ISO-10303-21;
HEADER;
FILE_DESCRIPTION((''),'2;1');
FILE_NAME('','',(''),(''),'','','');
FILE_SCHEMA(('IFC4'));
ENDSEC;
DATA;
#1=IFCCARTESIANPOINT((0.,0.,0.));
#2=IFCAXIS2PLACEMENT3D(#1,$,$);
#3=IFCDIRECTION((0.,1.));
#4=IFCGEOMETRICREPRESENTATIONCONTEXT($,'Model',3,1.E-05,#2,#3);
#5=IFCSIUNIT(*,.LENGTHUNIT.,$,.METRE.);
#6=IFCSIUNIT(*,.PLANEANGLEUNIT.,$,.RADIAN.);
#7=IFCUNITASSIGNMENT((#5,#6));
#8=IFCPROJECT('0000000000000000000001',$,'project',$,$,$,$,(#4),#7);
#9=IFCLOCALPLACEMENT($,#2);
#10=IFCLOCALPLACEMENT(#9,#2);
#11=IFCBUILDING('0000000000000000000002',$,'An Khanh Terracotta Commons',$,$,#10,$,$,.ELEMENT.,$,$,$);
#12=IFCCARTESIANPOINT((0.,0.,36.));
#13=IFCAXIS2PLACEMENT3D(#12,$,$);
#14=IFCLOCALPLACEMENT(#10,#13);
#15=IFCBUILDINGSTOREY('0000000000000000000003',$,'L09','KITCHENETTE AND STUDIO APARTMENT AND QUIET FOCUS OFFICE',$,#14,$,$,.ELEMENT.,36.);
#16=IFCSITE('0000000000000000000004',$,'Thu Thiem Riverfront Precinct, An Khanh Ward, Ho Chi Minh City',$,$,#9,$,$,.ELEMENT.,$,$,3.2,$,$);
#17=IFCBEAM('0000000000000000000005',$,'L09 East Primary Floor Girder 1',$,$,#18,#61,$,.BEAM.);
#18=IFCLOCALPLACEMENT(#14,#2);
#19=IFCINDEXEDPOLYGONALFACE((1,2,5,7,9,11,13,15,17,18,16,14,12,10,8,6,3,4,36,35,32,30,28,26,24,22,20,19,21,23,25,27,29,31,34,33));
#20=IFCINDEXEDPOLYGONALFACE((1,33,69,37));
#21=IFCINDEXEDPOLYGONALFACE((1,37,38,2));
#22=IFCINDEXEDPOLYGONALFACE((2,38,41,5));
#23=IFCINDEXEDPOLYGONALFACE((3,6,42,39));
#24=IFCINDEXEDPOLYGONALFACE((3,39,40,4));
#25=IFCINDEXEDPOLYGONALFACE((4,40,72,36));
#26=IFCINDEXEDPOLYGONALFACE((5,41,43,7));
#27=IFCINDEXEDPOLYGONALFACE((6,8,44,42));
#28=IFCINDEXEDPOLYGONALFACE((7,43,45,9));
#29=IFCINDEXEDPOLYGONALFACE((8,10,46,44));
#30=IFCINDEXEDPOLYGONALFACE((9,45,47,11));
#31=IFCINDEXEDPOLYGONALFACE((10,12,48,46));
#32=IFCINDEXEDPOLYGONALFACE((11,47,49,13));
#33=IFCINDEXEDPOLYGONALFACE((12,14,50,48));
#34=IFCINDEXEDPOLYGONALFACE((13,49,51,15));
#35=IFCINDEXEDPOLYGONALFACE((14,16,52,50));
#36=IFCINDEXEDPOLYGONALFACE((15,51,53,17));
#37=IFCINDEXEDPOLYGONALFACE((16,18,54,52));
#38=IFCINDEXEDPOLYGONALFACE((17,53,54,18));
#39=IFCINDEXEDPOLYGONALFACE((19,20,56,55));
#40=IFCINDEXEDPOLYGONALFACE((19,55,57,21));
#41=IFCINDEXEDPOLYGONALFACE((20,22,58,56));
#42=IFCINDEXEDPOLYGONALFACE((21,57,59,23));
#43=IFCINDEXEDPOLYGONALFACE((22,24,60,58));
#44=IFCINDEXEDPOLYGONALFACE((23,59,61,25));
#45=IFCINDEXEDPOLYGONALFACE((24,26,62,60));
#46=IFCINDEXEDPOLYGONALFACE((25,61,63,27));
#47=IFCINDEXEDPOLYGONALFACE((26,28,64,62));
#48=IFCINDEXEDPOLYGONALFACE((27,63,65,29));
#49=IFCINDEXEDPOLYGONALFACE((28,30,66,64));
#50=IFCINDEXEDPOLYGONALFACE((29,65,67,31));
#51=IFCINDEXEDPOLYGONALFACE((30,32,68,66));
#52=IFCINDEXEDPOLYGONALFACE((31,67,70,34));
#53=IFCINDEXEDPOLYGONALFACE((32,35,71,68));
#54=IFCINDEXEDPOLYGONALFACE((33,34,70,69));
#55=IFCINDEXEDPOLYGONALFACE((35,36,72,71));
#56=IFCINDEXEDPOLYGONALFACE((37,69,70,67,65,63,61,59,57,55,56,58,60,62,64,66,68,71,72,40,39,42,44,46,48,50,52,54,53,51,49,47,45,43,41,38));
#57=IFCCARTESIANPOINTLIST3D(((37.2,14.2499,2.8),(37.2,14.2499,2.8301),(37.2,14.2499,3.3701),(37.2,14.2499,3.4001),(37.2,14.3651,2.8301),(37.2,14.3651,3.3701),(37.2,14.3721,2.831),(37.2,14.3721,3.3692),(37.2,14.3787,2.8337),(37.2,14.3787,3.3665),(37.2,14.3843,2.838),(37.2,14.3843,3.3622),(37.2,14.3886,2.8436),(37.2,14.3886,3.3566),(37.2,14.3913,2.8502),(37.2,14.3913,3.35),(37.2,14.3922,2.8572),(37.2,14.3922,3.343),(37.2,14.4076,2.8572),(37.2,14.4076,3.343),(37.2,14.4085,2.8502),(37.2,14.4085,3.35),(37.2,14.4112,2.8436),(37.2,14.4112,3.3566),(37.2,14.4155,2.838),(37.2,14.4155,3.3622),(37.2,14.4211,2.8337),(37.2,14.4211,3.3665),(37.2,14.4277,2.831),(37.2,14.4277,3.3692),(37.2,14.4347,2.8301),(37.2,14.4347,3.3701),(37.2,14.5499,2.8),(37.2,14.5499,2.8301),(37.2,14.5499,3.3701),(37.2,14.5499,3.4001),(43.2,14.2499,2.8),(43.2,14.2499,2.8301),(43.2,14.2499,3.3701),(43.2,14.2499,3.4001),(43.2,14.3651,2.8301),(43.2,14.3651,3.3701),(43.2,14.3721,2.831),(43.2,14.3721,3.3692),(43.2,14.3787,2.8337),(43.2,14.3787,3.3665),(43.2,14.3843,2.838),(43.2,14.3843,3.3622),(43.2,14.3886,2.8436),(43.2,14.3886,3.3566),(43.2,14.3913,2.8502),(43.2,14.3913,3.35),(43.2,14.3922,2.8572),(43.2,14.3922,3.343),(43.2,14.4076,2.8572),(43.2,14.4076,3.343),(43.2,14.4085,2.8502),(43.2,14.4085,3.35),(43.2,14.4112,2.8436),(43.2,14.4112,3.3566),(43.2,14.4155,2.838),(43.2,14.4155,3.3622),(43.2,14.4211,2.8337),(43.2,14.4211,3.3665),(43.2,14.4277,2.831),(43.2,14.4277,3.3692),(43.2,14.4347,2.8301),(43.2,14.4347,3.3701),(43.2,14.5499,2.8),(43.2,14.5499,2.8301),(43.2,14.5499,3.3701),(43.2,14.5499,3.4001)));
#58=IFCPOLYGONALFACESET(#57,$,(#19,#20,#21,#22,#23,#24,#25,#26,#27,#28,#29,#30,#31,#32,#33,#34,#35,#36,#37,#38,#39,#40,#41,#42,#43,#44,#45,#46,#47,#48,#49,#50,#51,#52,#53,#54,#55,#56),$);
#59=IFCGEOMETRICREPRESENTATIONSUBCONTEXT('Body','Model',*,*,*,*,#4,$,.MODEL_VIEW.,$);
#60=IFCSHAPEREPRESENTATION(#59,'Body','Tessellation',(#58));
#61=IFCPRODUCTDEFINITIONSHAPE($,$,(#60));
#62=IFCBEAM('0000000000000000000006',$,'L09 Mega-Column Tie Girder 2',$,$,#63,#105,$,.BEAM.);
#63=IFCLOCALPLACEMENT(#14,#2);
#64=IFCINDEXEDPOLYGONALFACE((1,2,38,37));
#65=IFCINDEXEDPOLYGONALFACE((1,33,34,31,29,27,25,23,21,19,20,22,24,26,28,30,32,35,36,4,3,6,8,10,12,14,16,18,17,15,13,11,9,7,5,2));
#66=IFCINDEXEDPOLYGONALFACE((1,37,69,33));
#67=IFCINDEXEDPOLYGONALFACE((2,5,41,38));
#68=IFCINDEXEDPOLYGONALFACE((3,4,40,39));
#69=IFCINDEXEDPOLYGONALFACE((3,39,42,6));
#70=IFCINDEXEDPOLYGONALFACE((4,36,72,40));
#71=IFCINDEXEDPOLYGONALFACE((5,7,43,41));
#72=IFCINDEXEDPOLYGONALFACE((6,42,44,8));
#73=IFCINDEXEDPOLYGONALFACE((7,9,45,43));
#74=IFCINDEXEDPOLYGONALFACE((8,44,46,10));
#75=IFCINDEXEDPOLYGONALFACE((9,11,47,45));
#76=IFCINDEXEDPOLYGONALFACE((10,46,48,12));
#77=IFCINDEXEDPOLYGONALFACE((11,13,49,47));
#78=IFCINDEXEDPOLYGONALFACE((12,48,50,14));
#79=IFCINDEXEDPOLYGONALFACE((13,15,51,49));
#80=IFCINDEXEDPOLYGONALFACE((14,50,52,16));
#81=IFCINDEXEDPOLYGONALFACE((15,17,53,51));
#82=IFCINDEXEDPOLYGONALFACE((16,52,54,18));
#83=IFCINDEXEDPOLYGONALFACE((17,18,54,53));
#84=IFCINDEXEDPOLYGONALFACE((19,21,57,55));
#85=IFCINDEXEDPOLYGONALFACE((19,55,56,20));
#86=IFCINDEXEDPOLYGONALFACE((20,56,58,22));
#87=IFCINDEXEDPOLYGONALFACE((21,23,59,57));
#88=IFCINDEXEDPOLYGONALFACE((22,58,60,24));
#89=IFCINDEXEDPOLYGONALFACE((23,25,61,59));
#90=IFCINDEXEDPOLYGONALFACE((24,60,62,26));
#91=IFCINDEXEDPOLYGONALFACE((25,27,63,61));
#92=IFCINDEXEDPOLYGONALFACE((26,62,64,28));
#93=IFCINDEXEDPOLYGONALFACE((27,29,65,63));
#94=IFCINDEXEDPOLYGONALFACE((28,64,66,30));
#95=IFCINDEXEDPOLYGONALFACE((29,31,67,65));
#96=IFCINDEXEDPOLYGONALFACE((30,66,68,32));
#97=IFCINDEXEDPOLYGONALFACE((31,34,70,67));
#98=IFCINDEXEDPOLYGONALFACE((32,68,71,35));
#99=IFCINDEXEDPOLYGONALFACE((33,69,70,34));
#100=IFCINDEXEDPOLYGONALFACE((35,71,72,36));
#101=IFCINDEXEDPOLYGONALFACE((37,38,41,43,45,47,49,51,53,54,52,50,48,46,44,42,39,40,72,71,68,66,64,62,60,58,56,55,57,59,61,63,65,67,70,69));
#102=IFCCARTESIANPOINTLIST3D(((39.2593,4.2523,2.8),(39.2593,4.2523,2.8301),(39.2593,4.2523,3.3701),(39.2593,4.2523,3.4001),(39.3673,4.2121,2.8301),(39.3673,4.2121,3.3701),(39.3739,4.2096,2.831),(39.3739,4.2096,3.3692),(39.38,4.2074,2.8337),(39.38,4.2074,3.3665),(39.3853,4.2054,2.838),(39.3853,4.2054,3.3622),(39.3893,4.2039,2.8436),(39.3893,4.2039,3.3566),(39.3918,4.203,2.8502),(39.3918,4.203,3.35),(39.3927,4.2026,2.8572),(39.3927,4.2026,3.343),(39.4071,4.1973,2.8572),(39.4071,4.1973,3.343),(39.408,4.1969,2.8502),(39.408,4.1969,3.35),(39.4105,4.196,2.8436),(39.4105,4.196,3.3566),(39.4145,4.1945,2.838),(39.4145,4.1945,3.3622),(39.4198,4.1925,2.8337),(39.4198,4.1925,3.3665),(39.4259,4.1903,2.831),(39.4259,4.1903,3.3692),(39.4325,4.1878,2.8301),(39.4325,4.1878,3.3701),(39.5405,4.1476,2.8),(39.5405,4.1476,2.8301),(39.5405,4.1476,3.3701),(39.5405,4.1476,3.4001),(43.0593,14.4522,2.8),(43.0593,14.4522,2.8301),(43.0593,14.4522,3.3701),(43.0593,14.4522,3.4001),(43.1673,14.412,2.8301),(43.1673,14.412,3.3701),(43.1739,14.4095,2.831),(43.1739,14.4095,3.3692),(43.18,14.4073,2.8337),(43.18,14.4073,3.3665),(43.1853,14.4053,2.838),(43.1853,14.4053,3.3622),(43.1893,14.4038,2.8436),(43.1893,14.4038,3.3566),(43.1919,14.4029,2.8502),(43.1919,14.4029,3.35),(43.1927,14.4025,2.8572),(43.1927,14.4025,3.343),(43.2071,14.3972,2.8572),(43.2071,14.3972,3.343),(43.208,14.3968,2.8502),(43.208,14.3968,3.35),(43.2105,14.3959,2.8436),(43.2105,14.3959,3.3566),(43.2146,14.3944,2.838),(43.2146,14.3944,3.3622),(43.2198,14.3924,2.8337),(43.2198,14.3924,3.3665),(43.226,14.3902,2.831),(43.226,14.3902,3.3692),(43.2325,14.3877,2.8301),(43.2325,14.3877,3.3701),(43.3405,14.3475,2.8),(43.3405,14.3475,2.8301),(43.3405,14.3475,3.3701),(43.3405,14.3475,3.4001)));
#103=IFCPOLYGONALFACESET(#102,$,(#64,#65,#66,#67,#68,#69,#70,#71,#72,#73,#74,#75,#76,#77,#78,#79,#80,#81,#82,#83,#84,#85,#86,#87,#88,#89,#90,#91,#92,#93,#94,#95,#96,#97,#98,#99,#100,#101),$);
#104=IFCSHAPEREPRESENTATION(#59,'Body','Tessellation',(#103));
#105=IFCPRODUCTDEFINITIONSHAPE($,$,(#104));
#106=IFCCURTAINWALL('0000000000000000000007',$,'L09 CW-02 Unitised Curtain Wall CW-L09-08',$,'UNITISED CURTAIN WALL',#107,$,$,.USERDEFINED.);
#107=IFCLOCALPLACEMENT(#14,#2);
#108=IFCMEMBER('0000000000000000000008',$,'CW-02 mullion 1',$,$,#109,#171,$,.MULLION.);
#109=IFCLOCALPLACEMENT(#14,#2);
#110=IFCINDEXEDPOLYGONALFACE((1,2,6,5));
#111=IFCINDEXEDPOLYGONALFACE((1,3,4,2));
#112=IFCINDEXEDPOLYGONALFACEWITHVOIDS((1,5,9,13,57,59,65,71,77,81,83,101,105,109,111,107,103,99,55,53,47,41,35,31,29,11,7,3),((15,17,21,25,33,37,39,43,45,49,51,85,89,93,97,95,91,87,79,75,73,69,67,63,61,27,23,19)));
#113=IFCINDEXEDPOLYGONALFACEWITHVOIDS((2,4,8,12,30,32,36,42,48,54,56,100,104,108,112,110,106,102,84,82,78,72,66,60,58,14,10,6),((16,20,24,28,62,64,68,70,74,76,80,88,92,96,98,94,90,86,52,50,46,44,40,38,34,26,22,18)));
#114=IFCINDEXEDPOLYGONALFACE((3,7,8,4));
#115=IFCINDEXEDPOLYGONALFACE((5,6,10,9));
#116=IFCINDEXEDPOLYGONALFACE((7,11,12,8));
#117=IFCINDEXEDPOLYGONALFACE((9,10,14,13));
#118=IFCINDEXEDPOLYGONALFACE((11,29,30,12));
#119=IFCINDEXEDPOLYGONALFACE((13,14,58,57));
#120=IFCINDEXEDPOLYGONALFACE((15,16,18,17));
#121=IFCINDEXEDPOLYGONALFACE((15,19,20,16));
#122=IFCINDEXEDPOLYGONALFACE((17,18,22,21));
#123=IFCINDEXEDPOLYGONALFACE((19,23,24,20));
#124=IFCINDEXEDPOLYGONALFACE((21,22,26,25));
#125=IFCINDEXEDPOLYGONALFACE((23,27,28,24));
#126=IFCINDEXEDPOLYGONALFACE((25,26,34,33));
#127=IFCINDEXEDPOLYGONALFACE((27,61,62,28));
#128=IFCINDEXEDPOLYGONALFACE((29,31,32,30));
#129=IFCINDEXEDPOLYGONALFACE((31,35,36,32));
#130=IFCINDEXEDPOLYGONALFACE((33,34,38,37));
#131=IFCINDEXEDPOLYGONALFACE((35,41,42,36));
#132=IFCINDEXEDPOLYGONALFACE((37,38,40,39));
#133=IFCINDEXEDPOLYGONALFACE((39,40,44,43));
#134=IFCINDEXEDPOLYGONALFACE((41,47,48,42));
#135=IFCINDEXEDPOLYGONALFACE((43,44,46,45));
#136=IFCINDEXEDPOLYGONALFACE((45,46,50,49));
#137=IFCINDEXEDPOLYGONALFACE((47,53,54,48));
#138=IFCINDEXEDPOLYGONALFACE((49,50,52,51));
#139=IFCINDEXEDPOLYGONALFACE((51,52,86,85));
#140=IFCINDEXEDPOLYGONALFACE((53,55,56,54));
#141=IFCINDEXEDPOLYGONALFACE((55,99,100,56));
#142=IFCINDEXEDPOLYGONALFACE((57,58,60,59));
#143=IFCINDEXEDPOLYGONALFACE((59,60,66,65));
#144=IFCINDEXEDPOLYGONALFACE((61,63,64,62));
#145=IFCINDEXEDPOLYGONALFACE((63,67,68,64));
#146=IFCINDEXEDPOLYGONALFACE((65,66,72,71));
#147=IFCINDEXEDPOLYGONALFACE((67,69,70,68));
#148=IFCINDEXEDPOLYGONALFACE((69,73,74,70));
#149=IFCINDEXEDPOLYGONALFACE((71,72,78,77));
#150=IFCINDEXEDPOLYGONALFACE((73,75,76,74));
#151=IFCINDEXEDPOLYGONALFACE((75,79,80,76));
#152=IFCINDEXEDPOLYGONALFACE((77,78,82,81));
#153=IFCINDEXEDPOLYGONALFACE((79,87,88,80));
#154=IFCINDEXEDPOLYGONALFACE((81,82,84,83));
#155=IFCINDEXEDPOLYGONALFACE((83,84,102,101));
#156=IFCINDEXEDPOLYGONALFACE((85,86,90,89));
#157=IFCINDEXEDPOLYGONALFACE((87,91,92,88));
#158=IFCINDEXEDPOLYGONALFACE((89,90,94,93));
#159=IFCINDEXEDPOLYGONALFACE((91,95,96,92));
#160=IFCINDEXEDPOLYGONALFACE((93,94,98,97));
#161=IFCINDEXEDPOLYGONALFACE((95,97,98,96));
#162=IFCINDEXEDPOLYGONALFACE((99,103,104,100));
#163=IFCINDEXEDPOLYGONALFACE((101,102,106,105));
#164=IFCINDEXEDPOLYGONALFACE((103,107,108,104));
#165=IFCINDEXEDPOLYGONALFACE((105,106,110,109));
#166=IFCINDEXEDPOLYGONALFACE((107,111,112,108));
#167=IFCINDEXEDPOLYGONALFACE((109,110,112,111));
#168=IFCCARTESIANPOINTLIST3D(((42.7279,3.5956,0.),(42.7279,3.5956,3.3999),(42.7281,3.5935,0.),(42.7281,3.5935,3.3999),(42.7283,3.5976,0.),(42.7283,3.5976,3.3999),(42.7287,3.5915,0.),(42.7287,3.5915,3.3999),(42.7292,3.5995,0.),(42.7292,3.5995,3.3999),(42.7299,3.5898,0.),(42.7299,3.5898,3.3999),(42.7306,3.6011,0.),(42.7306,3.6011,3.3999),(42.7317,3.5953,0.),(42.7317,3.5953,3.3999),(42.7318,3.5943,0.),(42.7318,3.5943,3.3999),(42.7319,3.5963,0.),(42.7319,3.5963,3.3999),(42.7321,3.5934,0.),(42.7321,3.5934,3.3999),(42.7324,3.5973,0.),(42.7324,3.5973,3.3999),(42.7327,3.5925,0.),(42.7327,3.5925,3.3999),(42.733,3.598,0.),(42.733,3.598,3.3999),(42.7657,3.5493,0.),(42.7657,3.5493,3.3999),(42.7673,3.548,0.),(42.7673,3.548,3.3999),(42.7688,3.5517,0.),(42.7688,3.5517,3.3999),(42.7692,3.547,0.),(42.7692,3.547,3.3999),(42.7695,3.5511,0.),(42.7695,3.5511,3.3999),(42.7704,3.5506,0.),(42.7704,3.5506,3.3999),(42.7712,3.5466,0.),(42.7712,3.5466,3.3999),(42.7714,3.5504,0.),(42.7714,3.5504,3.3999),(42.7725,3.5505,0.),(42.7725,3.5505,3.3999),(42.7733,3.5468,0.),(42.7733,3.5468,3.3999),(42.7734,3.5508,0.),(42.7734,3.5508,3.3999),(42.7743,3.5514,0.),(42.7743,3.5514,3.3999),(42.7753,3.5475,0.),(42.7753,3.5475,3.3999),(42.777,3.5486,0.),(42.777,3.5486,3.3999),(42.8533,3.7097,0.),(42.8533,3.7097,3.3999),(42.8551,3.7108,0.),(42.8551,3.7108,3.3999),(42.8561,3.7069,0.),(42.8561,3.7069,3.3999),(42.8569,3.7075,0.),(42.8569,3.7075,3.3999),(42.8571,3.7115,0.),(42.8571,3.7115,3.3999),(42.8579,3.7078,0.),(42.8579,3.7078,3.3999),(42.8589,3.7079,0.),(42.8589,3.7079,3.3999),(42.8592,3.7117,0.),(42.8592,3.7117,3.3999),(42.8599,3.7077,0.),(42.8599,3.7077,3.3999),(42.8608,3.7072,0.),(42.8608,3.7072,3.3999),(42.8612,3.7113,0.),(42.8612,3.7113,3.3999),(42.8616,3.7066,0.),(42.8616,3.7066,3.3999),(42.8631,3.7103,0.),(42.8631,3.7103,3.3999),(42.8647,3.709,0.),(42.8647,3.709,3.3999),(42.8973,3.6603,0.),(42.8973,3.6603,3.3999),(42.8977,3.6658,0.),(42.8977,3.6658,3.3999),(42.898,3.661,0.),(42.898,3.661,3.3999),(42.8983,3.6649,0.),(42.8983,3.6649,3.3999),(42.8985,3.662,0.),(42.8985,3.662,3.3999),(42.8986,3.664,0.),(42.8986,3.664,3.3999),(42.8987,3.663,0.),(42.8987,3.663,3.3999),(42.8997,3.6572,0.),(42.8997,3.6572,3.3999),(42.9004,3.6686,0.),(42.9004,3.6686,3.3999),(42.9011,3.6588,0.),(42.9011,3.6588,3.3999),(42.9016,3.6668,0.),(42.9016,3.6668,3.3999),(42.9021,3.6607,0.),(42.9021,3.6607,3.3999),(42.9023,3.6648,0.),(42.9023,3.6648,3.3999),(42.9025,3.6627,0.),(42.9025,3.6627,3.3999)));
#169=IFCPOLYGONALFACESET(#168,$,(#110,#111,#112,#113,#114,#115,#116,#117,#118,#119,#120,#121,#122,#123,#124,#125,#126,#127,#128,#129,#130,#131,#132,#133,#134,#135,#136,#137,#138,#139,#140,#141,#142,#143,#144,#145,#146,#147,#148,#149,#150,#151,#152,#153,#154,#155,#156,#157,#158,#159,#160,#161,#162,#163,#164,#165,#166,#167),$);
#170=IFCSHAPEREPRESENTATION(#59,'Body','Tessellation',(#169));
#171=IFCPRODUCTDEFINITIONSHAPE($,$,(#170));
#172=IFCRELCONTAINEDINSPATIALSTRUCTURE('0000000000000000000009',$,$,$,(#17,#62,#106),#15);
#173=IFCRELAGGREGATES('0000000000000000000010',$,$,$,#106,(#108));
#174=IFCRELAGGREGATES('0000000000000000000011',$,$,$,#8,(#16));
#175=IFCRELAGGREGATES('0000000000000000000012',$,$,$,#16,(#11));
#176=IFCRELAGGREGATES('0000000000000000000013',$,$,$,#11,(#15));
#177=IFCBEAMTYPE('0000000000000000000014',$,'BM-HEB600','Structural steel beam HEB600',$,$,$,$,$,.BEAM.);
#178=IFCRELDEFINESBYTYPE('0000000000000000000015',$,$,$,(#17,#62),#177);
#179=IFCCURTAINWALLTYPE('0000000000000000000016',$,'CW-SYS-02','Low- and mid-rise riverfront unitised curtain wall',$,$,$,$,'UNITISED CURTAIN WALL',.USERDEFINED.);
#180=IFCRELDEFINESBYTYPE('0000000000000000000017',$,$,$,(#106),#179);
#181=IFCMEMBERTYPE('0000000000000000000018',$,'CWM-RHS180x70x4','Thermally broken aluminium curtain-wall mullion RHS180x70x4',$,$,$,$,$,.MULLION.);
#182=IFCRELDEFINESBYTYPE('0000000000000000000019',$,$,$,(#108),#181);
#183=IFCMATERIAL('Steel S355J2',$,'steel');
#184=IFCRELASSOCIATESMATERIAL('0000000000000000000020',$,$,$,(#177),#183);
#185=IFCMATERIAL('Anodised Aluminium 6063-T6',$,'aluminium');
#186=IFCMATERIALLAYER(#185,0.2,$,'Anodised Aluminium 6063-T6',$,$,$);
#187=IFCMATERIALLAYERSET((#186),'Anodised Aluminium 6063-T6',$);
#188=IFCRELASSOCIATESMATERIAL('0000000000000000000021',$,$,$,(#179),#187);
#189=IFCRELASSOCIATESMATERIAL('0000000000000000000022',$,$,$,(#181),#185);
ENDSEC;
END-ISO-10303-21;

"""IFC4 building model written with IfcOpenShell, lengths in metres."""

from ifc_helpers import new_model, si_unit, direction, frame, origin, origin_2d, place, context, subcontext, project, spatial, hollow_rectangle, i_section, extrude, material, layer, layer_set, material_profile, profile_set, type_object, element, aggregate, save


model = new_model("IFC4")

# Units and contexts
model_context = context("Model", 3, precision=1e-05, world=origin(), true_north=direction((0.0, 1.0)))
body_context = subcontext(model_context, "Body", "Model", "MODEL_VIEW")
ifc_project = project(units=[si_unit("LENGTHUNIT", "METRE"), si_unit("PLANEANGLEUNIT", "RADIAN")], contexts=[model_context])

# Site, building, storey
site_placement = place(None, origin())
site = spatial("IfcSite", under=ifc_project, at=site_placement, Name="Thu Thiem Riverfront Precinct, An Khanh Ward, Ho Chi Minh City", CompositionType="ELEMENT", RefElevation=3.2)
building_placement = place(site_placement, origin())
building = spatial("IfcBuilding", under=site, at=building_placement, Name="An Khanh Terracotta Commons", CompositionType="ELEMENT")
storey_placement = place(building_placement, frame((0.0, 0.0, 36.0)))
storey = spatial("IfcBuildingStorey", under=building, at=storey_placement, Name="L09", Description="KITCHENETTE AND STUDIO APARTMENT AND QUIET FOCUS OFFICE", CompositionType="ELEMENT", Elevation=36.0)

# Beams
ifc_material_1 = material(Name="Steel S355J2", Category="steel")
ifc_material_profile_1 = material_profile(ifc_material_1, i_section(OverallWidth=0.3, OverallDepth=0.6001, WebThickness=0.0154, FlangeThickness=0.03, FilletRadius=0.0271, at=origin_2d()), Name="HEB600")
ifc_profile_set_1 = profile_set([ifc_material_profile_1], Name="Steel S355J2")
beam_type_1 = type_object("IfcBeamType", Name="BM-HEB600", Description="Structural steel beam HEB600", PredefinedType="BEAM", material=ifc_profile_set_1)
beam_1_placement = place(storey_placement, frame((37.2, 14.3999, 3.1001), z_axis=(1.0, 0.0, 0.0), x_axis=(0.0, 1.0, 0.0)))
element("IfcBeam", 1, at=beam_1_placement, inside=storey, type_object=beam_type_1, Name="L09 East Primary Floor Girder 1", PredefinedType="BEAM", context=body_context, shape_type="SweptSolid", body=[
    extrude(i_section(OverallWidth=0.3, OverallDepth=0.6001, WebThickness=0.0154, FlangeThickness=0.03, FilletRadius=0.0271, at=origin_2d()), origin(), (0.0, 0.0, 1.0), 6.0),
])
beam_2_placement = place(storey_placement, frame((39.3999, 4.2, 3.1001), z_axis=(0.349114, 0.93708, 0.0), x_axis=(-0.93708, 0.349114, 0.0)))
element("IfcBeam", 2, at=beam_2_placement, inside=storey, type_object=beam_type_1, Name="L09 Mega-Column Tie Girder 2", PredefinedType="BEAM", context=body_context, shape_type="SweptSolid", body=[
    extrude(i_section(OverallWidth=0.3, OverallDepth=0.6001, WebThickness=0.0154, FlangeThickness=0.03, FilletRadius=0.0271, at=origin_2d()), origin(), (0.0, 0.0, 1.0), 10.8848),
])

# Curtain wall, member
ifc_material_2 = material(Name="Anodised Aluminium 6063-T6", Category="aluminium")
ifc_layer_1 = layer(ifc_material_2, 0.2, Name="Anodised Aluminium 6063-T6")
ifc_layer_set_1 = layer_set([ifc_layer_1], Name="Anodised Aluminium 6063-T6")
curtain_wall_type = type_object("IfcCurtainWallType", Name="CW-SYS-02", Description="Low- and mid-rise riverfront unitised curtain wall", ElementType="UNITISED CURTAIN WALL", PredefinedType="USERDEFINED", material=ifc_layer_set_1)
curtain_wall_placement = place(storey_placement, origin())
curtain_wall = element("IfcCurtainWall", 3, at=curtain_wall_placement, inside=storey, type_object=curtain_wall_type, Name="L09 CW-02 Unitised Curtain Wall CW-L09-08", ObjectType="UNITISED CURTAIN WALL", PredefinedType="USERDEFINED")
ifc_material_profile_2 = material_profile(ifc_material_2, hollow_rectangle(XDim=0.0701, YDim=0.1799, WallThickness=0.0039, InnerFilletRadius=0.0039, OuterFilletRadius=0.0081, at=origin_2d()), Name="RHS180x70x4")
ifc_profile_set_2 = profile_set([ifc_material_profile_2], Name="Anodised Aluminium 6063-T6")
member_type_1 = type_object("IfcMemberType", Name="CWM-RHS180x70x4", Description="Thermally broken aluminium curtain-wall mullion RHS180x70x4", PredefinedType="MULLION", material=ifc_profile_set_2)
member_1_placement = place(storey_placement, frame((42.8152, 3.6292, 0.0), z_axis=(0.0, 0.0, 1.0), x_axis=(-0.662548, 0.749019, 0.0)))
member_1 = element("IfcMember", 4, at=member_1_placement, type_object=member_type_1, Name="CW-02 mullion 1", PredefinedType="MULLION", context=body_context, shape_type="SweptSolid", body=[
    extrude(hollow_rectangle(XDim=0.0701, YDim=0.1799, WallThickness=0.0039, InnerFilletRadius=0.0039, OuterFilletRadius=0.0081, at=origin_2d()), origin(), (0.0, 0.0, 1.0), 3.3999),
])
aggregate(curtain_wall, [member_1])

save(model, "model.ifc")
